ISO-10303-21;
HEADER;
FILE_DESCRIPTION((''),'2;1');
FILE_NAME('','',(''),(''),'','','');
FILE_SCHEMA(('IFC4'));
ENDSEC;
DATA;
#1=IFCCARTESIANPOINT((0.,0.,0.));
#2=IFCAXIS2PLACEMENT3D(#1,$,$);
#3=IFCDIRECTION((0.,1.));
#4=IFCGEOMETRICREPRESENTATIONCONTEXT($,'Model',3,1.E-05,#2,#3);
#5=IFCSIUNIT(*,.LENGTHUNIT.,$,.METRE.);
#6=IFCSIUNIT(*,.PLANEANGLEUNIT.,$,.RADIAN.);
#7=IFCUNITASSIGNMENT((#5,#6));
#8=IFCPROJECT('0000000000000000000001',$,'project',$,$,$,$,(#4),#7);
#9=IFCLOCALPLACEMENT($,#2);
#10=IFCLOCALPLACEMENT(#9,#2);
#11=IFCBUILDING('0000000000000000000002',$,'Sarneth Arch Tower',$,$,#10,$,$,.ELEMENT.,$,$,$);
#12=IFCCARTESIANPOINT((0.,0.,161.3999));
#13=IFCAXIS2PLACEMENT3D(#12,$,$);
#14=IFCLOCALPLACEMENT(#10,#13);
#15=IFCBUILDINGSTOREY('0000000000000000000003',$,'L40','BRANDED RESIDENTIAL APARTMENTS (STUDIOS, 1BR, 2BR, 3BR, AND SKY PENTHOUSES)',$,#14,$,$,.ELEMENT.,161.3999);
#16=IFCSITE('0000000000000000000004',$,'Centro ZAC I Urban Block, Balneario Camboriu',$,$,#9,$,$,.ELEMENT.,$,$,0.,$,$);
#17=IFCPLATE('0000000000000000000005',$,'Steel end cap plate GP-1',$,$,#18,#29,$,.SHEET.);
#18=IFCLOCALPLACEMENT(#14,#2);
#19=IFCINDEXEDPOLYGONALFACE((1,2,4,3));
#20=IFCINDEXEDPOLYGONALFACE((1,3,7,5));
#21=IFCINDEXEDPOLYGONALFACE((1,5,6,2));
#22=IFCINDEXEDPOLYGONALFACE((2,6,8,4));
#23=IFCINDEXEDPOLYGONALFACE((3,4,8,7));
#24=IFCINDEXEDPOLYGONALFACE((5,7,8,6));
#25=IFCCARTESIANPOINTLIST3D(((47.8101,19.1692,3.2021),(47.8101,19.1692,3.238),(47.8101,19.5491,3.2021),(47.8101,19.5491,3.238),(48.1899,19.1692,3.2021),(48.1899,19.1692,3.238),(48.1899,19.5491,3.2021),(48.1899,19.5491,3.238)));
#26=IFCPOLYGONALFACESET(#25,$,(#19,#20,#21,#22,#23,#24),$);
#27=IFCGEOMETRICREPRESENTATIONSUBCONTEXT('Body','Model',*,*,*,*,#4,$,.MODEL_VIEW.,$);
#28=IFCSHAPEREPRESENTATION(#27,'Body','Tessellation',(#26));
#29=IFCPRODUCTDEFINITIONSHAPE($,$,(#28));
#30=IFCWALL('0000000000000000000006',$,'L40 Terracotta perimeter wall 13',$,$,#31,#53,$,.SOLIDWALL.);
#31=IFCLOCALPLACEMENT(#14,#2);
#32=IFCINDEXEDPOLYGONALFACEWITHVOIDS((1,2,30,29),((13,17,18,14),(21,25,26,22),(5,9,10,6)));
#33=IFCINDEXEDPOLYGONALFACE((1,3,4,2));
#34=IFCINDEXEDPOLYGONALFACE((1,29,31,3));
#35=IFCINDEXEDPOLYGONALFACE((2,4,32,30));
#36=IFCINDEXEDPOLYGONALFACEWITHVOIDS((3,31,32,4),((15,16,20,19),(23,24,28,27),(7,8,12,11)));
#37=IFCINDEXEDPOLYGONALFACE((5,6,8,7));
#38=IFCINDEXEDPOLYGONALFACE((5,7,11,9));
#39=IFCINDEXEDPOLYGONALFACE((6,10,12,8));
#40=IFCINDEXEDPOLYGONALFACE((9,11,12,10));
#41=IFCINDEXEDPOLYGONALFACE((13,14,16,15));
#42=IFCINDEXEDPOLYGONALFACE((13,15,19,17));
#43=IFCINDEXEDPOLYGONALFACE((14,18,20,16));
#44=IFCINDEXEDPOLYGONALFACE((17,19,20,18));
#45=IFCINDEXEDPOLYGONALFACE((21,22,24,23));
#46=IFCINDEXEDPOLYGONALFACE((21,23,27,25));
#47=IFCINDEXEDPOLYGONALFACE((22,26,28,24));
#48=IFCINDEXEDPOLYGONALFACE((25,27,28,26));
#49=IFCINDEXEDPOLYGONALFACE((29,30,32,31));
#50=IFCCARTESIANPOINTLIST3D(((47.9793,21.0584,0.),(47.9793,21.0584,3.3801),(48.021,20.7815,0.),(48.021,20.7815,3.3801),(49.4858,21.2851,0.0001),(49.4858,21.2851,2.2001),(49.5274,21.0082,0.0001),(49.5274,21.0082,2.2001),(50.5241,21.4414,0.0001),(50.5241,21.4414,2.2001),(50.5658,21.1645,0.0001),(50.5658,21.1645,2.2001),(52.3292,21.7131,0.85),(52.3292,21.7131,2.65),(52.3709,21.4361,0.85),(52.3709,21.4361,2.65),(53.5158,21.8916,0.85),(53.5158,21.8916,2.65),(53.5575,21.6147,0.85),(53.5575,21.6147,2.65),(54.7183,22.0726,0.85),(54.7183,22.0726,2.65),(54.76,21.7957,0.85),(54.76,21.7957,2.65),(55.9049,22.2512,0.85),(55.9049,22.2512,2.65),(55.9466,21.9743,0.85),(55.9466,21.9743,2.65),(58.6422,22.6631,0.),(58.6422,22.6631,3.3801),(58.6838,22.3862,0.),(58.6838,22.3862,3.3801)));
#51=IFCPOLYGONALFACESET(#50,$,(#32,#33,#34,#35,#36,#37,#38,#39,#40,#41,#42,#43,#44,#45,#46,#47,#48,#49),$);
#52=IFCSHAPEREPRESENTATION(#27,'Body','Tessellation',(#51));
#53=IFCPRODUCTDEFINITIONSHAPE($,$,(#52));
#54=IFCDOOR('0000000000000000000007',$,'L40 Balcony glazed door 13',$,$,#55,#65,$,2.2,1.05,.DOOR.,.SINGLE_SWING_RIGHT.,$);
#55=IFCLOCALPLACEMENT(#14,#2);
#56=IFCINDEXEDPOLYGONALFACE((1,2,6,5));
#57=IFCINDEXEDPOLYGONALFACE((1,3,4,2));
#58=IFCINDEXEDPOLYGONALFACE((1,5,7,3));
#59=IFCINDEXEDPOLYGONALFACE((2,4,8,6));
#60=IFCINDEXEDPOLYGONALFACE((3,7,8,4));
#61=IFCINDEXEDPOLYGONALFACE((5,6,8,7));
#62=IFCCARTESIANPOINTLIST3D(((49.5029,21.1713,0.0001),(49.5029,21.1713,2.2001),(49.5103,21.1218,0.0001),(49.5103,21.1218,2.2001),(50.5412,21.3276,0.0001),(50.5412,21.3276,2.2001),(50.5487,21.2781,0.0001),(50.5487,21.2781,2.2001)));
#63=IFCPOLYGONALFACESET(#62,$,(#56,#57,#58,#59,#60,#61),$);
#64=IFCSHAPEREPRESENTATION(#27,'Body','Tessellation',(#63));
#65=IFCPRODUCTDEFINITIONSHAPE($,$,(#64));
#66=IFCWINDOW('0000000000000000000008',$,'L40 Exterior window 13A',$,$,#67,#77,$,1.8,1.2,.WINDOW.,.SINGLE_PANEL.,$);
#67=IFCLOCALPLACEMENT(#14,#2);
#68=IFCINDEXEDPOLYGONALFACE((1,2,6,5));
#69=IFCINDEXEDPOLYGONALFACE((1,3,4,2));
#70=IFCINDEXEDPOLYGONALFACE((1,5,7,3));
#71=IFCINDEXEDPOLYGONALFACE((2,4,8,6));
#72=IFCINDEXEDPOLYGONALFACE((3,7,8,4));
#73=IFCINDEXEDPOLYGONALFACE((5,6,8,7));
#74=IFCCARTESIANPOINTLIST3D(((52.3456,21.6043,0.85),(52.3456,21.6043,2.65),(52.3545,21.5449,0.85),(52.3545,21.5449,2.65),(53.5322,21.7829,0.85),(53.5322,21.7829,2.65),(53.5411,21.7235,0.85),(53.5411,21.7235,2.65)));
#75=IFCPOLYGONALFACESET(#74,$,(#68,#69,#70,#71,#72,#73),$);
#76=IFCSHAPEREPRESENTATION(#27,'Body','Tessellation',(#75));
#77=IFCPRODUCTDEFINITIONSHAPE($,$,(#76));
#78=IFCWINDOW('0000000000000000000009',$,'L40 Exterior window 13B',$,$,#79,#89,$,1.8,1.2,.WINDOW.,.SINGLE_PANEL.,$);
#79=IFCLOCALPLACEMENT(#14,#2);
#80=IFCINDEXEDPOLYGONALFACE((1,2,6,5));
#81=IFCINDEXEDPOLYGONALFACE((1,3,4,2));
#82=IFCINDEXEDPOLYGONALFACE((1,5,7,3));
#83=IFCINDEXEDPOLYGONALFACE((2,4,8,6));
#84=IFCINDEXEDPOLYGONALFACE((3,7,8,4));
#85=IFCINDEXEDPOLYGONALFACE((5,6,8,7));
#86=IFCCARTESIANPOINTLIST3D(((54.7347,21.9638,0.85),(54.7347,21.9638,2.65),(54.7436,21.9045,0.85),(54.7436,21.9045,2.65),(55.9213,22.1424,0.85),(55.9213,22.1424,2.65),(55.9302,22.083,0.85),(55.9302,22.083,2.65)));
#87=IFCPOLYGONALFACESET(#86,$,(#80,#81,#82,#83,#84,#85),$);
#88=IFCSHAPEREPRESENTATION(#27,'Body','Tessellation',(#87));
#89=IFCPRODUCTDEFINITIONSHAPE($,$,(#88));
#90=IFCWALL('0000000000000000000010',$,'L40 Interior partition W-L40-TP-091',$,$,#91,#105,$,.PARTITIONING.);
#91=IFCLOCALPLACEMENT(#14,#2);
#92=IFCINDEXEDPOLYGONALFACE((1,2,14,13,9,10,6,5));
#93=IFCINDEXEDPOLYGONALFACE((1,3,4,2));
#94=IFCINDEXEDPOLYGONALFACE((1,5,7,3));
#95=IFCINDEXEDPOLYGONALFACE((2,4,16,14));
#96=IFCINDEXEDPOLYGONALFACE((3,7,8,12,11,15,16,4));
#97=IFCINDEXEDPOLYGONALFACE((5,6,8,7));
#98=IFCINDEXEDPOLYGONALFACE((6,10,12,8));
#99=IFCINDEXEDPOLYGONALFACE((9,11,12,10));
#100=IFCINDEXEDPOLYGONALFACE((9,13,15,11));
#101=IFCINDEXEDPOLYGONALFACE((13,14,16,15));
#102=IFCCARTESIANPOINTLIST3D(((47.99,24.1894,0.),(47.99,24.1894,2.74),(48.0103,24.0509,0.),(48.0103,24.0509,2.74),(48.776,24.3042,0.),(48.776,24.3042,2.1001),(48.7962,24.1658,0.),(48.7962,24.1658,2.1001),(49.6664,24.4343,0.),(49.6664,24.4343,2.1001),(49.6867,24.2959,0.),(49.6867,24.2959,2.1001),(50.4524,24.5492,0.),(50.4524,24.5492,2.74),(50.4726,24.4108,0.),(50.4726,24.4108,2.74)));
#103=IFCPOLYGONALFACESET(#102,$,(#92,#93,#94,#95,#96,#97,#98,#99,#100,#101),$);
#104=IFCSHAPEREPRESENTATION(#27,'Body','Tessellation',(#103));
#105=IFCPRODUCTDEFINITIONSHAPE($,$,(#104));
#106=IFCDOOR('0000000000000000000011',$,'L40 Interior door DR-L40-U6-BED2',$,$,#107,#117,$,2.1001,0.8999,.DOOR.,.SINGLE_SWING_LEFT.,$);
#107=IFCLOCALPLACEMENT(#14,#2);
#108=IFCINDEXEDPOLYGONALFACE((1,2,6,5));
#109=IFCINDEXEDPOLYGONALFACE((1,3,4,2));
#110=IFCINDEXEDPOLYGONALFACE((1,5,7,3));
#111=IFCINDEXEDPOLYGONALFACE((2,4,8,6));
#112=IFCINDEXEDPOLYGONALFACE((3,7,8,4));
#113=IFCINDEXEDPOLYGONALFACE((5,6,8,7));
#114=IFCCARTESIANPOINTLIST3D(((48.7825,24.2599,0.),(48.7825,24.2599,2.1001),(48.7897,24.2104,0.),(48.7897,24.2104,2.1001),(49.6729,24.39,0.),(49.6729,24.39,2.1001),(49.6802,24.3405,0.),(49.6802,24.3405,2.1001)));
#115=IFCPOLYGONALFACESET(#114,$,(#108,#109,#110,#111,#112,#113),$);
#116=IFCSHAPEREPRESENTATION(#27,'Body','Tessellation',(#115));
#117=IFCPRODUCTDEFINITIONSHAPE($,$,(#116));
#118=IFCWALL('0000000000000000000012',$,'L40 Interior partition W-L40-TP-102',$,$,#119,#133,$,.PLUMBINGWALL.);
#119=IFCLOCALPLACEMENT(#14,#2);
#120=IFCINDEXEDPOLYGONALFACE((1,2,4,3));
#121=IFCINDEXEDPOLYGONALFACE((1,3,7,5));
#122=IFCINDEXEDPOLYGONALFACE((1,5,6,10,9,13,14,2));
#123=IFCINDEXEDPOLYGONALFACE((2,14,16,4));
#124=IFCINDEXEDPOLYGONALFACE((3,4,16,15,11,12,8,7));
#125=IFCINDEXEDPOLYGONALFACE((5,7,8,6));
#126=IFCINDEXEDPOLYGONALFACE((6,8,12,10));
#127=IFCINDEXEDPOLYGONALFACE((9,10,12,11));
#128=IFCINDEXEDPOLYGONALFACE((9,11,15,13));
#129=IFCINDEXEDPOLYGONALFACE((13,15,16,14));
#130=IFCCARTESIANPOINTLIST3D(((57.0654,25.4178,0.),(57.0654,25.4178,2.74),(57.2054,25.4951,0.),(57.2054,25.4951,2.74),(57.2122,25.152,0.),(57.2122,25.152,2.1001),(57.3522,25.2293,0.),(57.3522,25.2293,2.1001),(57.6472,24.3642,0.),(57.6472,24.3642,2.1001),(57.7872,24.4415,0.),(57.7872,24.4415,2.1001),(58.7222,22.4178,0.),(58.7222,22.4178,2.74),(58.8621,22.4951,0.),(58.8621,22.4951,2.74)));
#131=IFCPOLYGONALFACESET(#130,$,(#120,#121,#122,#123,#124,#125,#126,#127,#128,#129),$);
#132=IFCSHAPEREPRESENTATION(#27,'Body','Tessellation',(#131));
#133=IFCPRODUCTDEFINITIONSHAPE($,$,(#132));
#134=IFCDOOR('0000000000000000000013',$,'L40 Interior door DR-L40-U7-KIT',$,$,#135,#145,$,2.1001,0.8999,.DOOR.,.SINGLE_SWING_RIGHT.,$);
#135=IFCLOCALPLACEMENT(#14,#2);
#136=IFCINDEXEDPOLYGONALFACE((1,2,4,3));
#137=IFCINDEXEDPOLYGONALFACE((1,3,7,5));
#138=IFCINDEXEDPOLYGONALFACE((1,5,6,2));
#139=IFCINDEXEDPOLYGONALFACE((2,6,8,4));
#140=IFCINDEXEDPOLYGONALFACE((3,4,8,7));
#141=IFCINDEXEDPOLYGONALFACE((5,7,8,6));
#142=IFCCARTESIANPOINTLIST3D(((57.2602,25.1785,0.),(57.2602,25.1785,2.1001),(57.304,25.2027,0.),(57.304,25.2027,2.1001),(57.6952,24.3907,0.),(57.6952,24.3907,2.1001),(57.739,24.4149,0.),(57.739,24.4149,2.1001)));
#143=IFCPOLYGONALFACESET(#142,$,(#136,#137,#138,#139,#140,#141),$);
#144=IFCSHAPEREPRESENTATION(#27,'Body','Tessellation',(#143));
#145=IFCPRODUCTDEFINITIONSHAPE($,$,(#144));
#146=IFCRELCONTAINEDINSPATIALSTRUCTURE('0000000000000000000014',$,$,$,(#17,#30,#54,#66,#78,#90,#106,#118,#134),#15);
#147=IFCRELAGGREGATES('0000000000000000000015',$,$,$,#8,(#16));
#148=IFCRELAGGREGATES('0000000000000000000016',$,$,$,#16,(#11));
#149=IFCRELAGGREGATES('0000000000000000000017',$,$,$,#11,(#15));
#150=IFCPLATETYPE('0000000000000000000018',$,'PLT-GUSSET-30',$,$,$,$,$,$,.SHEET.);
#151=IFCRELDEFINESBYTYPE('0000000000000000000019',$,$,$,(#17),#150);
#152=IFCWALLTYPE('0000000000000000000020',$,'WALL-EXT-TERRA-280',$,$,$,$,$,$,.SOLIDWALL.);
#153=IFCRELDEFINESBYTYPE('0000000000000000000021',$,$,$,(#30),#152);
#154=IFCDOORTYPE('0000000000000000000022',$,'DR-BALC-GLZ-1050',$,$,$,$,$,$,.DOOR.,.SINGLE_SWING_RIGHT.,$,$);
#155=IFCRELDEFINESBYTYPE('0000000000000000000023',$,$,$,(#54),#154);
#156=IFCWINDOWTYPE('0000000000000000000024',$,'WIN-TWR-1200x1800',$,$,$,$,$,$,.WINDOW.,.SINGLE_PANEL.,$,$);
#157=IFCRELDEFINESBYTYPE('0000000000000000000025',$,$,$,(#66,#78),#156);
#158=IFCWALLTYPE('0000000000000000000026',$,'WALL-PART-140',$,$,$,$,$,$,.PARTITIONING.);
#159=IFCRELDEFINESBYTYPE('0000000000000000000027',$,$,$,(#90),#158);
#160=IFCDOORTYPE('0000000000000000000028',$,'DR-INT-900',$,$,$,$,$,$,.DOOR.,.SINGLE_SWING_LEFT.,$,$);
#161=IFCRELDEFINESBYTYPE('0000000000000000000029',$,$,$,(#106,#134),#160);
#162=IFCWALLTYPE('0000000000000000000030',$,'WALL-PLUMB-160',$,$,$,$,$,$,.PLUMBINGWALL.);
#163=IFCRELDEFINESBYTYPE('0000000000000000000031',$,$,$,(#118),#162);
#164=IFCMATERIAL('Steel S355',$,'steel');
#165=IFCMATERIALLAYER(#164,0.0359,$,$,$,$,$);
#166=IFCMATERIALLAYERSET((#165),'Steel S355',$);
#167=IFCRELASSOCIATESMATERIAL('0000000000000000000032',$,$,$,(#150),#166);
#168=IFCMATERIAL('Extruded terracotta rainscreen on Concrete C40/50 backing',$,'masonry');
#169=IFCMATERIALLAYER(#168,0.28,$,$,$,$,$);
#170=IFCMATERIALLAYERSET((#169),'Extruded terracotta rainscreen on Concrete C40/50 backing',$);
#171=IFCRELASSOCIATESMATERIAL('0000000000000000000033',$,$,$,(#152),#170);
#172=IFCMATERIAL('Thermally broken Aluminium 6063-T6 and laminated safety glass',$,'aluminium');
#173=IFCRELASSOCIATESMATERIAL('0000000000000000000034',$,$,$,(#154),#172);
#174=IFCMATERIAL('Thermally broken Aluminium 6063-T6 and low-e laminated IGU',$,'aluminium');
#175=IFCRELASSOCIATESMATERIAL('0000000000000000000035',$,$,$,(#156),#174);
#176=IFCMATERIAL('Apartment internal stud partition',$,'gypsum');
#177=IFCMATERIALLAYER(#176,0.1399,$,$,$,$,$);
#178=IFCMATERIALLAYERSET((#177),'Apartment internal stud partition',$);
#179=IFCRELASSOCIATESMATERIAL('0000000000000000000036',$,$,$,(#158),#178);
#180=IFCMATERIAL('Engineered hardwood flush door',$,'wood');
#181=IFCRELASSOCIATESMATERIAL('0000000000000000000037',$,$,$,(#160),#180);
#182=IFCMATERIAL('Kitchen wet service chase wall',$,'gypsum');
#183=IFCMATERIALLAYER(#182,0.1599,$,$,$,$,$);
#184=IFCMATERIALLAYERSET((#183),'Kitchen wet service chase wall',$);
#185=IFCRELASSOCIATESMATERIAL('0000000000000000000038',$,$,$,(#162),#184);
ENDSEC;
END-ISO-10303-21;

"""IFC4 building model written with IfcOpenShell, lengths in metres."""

from ifc_helpers import new_model, si_unit, direction, frame, frame_2d, origin, origin_2d, place, context, subcontext, project, spatial, rectangle, extrude, material, layer, layer_set, type_object, element, fill, save


model = new_model("IFC4")

# Units and contexts
model_context = context("Model", 3, precision=1e-05, world=origin(), true_north=direction((0.0, 1.0)))
body_context = subcontext(model_context, "Body", "Model", "MODEL_VIEW")
ifc_project = project(units=[si_unit("LENGTHUNIT", "METRE"), si_unit("PLANEANGLEUNIT", "RADIAN")], contexts=[model_context])

# Site, building, storey
site_placement = place(None, origin())
site = spatial("IfcSite", under=ifc_project, at=site_placement, Name="Centro ZAC I Urban Block, Balneario Camboriu", CompositionType="ELEMENT", RefElevation=0.0)
building_placement = place(site_placement, origin())
building = spatial("IfcBuilding", under=site, at=building_placement, Name="Sarneth Arch Tower", CompositionType="ELEMENT")
storey_placement = place(building_placement, frame((0.0, 0.0, 161.3999)))
storey = spatial("IfcBuildingStorey", under=building, at=storey_placement, Name="L40", Description="BRANDED RESIDENTIAL APARTMENTS (STUDIOS, 1BR, 2BR, 3BR, AND SKY PENTHOUSES)", CompositionType="ELEMENT", Elevation=161.3999)

# Plate
ifc_material_1 = material(Name="Steel S355", Category="steel")
ifc_layer_1 = layer(ifc_material_1, 0.0359)
ifc_layer_set_1 = layer_set([ifc_layer_1], Name="Steel S355")
plate_type_1 = type_object("IfcPlateType", Name="PLT-GUSSET-30", PredefinedType="SHEET", material=ifc_layer_set_1)
plate_1_placement = place(storey_placement, frame((48.0, 19.3591, 3.2021), z_axis=(0.0, 0.0, 1.0), x_axis=(0.0, -1.0, 0.0)))
element("IfcPlate", 1, at=plate_1_placement, inside=storey, type_object=plate_type_1, Name="Steel end cap plate GP-1", PredefinedType="SHEET", context=body_context, shape_type="SweptSolid", body=[
    extrude(rectangle(XDim=0.3799, YDim=0.3799, at=origin_2d()), origin(), (0.0, 0.0, 1.0), 0.0359),
])

# Wall, openings, door, windows
ifc_material_2 = material(Name="Extruded terracotta rainscreen on Concrete C40/50 backing", Category="masonry")
ifc_layer_2 = layer(ifc_material_2, 0.28)
ifc_layer_set_2 = layer_set([ifc_layer_2], Name="Extruded terracotta rainscreen on Concrete C40/50 backing")
wall_type_1 = type_object("IfcWallType", Name="WALL-EXT-TERRA-280", PredefinedType="SOLIDWALL", material=ifc_layer_set_2)
wall_1_placement = place(storey_placement, frame((48.0, 20.9199, 0.0), z_axis=(0.0, 0.0, 1.0), x_axis=(0.988864, 0.148822, 0.0)))
wall_1 = element("IfcWall", 2, at=wall_1_placement, inside=storey, type_object=wall_type_1, Name="L40 Terracotta perimeter wall 13", PredefinedType="SOLIDWALL", context=body_context, shape_type="SweptSolid", body=[
    extrude(rectangle(XDim=10.783, YDim=0.28, at=frame_2d((5.3916, 0.0))), origin(), (0.0, 0.0, 1.0), 3.3801),
])
opening_1_placement = place(wall_1_placement, frame((1.5237, 0.0, 0.0)))
opening_1 = element("IfcOpeningElement", 3, at=opening_1_placement, cuts=wall_1, PredefinedType="OPENING", context=body_context, shape_type="SweptSolid", body=[
    extrude(rectangle(XDim=1.05, YDim=2.2, at=frame_2d((0.5249, 1.1001))), frame((0.0, 0.1499, 0.0), z_axis=(0.0, -1.0, 0.0), x_axis=(1.0, 0.0, 0.0)), (0.0, 0.0, 1.0), 0.3),
])
opening_2_placement = place(wall_1_placement, frame((4.3989, 0.0, 0.8501)))
opening_2 = element("IfcOpeningElement", 4, at=opening_2_placement, cuts=wall_1, PredefinedType="OPENING", context=body_context, shape_type="SweptSolid", body=[
    extrude(rectangle(XDim=1.2, YDim=1.8, at=frame_2d((0.6001, 0.8999))), frame((0.0, 0.1499, 0.0), z_axis=(0.0, -1.0, 0.0), x_axis=(1.0, 0.0, 0.0)), (0.0, 0.0, 1.0), 0.3),
])
opening_3_placement = place(wall_1_placement, frame((6.8149, 0.0, 0.8501)))
opening_3 = element("IfcOpeningElement", 5, at=opening_3_placement, cuts=wall_1, PredefinedType="OPENING", context=body_context, shape_type="SweptSolid", body=[
    extrude(rectangle(XDim=1.2, YDim=1.8, at=frame_2d((0.6001, 0.8999))), frame((0.0, 0.1499, 0.0), z_axis=(0.0, -1.0, 0.0), x_axis=(1.0, 0.0, 0.0)), (0.0, 0.0, 1.0), 0.3),
])
ifc_material_3 = material(Name="Thermally broken Aluminium 6063-T6 and laminated safety glass", Category="aluminium")
door_type_1 = type_object("IfcDoorType", Name="DR-BALC-GLZ-1050", OperationType="SINGLE_SWING_RIGHT", PredefinedType="DOOR", material=ifc_material_3)
door_1_placement = place(opening_1_placement, origin())
door_1 = element("IfcDoor", 6, at=door_1_placement, inside=storey, type_object=door_type_1, Name="L40 Balcony glazed door 13", OperationType="SINGLE_SWING_RIGHT", OverallHeight=2.2, OverallWidth=1.05, PredefinedType="DOOR", context=body_context, shape_type="SweptSolid", body=[
    extrude(rectangle(XDim=1.05, YDim=2.2, at=frame_2d((0.5249, 1.1001))), frame((0.0, 0.0249, 0.0), z_axis=(0.0, -1.0, 0.0), x_axis=(1.0, 0.0, 0.0)), (0.0, 0.0, 1.0), 0.05),
])
fill(opening_1, door_1)
ifc_material_4 = material(Name="Thermally broken Aluminium 6063-T6 and low-e laminated IGU", Category="aluminium")
window_type = type_object("IfcWindowType", Name="WIN-TWR-1200x1800", PartitioningType="SINGLE_PANEL", PredefinedType="WINDOW", material=ifc_material_4)
window_1_placement = place(opening_2_placement, origin())
window_1 = element("IfcWindow", 7, at=window_1_placement, inside=storey, type_object=window_type, Name="L40 Exterior window 13A", OverallHeight=1.8, OverallWidth=1.2, PartitioningType="SINGLE_PANEL", PredefinedType="WINDOW", context=body_context, shape_type="SweptSolid", body=[
    extrude(rectangle(XDim=1.2, YDim=1.8, at=frame_2d((0.6001, 0.8999))), frame((0.0, 0.03, 0.0), z_axis=(0.0, -1.0, 0.0), x_axis=(1.0, 0.0, 0.0)), (0.0, 0.0, 1.0), 0.0601),
])
fill(opening_2, window_1)
window_2_placement = place(opening_3_placement, origin())
window_2 = element("IfcWindow", 8, at=window_2_placement, inside=storey, type_object=window_type, Name="L40 Exterior window 13B", OverallHeight=1.8, OverallWidth=1.2, PartitioningType="SINGLE_PANEL", PredefinedType="WINDOW", context=body_context, shape_type="SweptSolid", body=[
    extrude(rectangle(XDim=1.2, YDim=1.8, at=frame_2d((0.6001, 0.8999))), frame((0.0, 0.03, 0.0), z_axis=(0.0, -1.0, 0.0), x_axis=(1.0, 0.0, 0.0)), (0.0, 0.0, 1.0), 0.0601),
])
fill(opening_3, window_2)

# Walls, openings, doors
ifc_material_5 = material(Name="Apartment internal stud partition", Category="gypsum")
ifc_layer_3 = layer(ifc_material_5, 0.1399)
ifc_layer_set_3 = layer_set([ifc_layer_3], Name="Apartment internal stud partition")
wall_type_2 = type_object("IfcWallType", Name="WALL-PART-140", PredefinedType="PARTITIONING", material=ifc_layer_set_3)
wall_2_placement = place(storey_placement, frame((50.4624, 24.48, 0.0), z_axis=(0.0, 0.0, 1.0), x_axis=(-0.989489, -0.144607, 0.0)))
wall_2 = element("IfcWall", 9, at=wall_2_placement, inside=storey, type_object=wall_type_2, Name="L40 Interior partition W-L40-TP-091", PredefinedType="PARTITIONING", context=body_context, shape_type="SweptSolid", body=[
    extrude(rectangle(XDim=2.4885, YDim=0.1399, at=frame_2d((1.2441, 0.0))), origin(), (0.0, 0.0, 1.0), 2.74),
])
opening_4_placement = place(wall_2_placement, frame((0.7942, 0.0, 0.0)))
opening_4 = element("IfcOpeningElement", 10, at=opening_4_placement, cuts=wall_2, PredefinedType="OPENING", context=body_context, shape_type="SweptSolid", body=[
    extrude(rectangle(XDim=0.8999, YDim=2.1001, at=frame_2d((0.45, 1.05))), frame((0.0, 0.0798, 0.0), z_axis=(0.0, -1.0, 0.0), x_axis=(1.0, 0.0, 0.0)), (0.0, 0.0, 1.0), 0.1599),
])
ifc_material_6 = material(Name="Engineered hardwood flush door", Category="wood")
door_type_2 = type_object("IfcDoorType", Name="DR-INT-900", OperationType="SINGLE_SWING_LEFT", PredefinedType="DOOR", material=ifc_material_6)
door_2_placement = place(opening_4_placement, origin())
door_2 = element("IfcDoor", 11, at=door_2_placement, inside=storey, type_object=door_type_2, Name="L40 Interior door DR-L40-U6-BED2", OperationType="SINGLE_SWING_LEFT", OverallHeight=2.1001, OverallWidth=0.8999, PredefinedType="DOOR", context=body_context, shape_type="SweptSolid", body=[
    extrude(rectangle(XDim=0.8999, YDim=2.1001, at=frame_2d((0.45, 1.05))), frame((0.0, 0.0249, 0.0), z_axis=(0.0, -1.0, 0.0), x_axis=(1.0, 0.0, 0.0)), (0.0, 0.0, 1.0), 0.05),
])
fill(opening_4, door_2)
ifc_material_7 = material(Name="Kitchen wet service chase wall", Category="gypsum")
ifc_layer_4 = layer(ifc_material_7, 0.1599)
ifc_layer_set_4 = layer_set([ifc_layer_4], Name="Kitchen wet service chase wall")
wall_type_3 = type_object("IfcWallType", Name="WALL-PLUMB-160", PredefinedType="PLUMBINGWALL", material=ifc_layer_set_4)
wall_3_placement = place(storey_placement, frame((57.1355, 25.4563, 0.0), z_axis=(0.0, 0.0, 1.0), x_axis=(0.483428, -0.875384, 0.0)))
wall_3 = element("IfcWall", 12, at=wall_3_placement, inside=storey, type_object=wall_type_3, Name="L40 Interior partition W-L40-TP-102", PredefinedType="PLUMBINGWALL", context=body_context, shape_type="SweptSolid", body=[
    extrude(rectangle(XDim=3.427, YDim=0.1599, at=frame_2d((1.7134, 0.0))), origin(), (0.0, 0.0, 1.0), 2.74),
])
opening_5_placement = place(wall_3_placement, frame((0.3035, 0.0, 0.0)))
opening_5 = element("IfcOpeningElement", 13, at=opening_5_placement, cuts=wall_3, PredefinedType="OPENING", context=body_context, shape_type="SweptSolid", body=[
    extrude(rectangle(XDim=0.8999, YDim=2.1001, at=frame_2d((0.45, 1.05))), frame((0.0, 0.0898, 0.0), z_axis=(0.0, -1.0, 0.0), x_axis=(1.0, 0.0, 0.0)), (0.0, 0.0, 1.0), 0.1799),
])
door_3_placement = place(opening_5_placement, origin())
door_3 = element("IfcDoor", 14, at=door_3_placement, inside=storey, type_object=door_type_2, Name="L40 Interior door DR-L40-U7-KIT", OperationType="SINGLE_SWING_RIGHT", OverallHeight=2.1001, OverallWidth=0.8999, PredefinedType="DOOR", context=body_context, shape_type="SweptSolid", body=[
    extrude(rectangle(XDim=0.8999, YDim=2.1001, at=frame_2d((0.45, 1.05))), frame((0.0, 0.0249, 0.0), z_axis=(0.0, -1.0, 0.0), x_axis=(1.0, 0.0, 0.0)), (0.0, 0.0, 1.0), 0.05),
])
fill(opening_5, door_3)

save(model, "model.ifc")
